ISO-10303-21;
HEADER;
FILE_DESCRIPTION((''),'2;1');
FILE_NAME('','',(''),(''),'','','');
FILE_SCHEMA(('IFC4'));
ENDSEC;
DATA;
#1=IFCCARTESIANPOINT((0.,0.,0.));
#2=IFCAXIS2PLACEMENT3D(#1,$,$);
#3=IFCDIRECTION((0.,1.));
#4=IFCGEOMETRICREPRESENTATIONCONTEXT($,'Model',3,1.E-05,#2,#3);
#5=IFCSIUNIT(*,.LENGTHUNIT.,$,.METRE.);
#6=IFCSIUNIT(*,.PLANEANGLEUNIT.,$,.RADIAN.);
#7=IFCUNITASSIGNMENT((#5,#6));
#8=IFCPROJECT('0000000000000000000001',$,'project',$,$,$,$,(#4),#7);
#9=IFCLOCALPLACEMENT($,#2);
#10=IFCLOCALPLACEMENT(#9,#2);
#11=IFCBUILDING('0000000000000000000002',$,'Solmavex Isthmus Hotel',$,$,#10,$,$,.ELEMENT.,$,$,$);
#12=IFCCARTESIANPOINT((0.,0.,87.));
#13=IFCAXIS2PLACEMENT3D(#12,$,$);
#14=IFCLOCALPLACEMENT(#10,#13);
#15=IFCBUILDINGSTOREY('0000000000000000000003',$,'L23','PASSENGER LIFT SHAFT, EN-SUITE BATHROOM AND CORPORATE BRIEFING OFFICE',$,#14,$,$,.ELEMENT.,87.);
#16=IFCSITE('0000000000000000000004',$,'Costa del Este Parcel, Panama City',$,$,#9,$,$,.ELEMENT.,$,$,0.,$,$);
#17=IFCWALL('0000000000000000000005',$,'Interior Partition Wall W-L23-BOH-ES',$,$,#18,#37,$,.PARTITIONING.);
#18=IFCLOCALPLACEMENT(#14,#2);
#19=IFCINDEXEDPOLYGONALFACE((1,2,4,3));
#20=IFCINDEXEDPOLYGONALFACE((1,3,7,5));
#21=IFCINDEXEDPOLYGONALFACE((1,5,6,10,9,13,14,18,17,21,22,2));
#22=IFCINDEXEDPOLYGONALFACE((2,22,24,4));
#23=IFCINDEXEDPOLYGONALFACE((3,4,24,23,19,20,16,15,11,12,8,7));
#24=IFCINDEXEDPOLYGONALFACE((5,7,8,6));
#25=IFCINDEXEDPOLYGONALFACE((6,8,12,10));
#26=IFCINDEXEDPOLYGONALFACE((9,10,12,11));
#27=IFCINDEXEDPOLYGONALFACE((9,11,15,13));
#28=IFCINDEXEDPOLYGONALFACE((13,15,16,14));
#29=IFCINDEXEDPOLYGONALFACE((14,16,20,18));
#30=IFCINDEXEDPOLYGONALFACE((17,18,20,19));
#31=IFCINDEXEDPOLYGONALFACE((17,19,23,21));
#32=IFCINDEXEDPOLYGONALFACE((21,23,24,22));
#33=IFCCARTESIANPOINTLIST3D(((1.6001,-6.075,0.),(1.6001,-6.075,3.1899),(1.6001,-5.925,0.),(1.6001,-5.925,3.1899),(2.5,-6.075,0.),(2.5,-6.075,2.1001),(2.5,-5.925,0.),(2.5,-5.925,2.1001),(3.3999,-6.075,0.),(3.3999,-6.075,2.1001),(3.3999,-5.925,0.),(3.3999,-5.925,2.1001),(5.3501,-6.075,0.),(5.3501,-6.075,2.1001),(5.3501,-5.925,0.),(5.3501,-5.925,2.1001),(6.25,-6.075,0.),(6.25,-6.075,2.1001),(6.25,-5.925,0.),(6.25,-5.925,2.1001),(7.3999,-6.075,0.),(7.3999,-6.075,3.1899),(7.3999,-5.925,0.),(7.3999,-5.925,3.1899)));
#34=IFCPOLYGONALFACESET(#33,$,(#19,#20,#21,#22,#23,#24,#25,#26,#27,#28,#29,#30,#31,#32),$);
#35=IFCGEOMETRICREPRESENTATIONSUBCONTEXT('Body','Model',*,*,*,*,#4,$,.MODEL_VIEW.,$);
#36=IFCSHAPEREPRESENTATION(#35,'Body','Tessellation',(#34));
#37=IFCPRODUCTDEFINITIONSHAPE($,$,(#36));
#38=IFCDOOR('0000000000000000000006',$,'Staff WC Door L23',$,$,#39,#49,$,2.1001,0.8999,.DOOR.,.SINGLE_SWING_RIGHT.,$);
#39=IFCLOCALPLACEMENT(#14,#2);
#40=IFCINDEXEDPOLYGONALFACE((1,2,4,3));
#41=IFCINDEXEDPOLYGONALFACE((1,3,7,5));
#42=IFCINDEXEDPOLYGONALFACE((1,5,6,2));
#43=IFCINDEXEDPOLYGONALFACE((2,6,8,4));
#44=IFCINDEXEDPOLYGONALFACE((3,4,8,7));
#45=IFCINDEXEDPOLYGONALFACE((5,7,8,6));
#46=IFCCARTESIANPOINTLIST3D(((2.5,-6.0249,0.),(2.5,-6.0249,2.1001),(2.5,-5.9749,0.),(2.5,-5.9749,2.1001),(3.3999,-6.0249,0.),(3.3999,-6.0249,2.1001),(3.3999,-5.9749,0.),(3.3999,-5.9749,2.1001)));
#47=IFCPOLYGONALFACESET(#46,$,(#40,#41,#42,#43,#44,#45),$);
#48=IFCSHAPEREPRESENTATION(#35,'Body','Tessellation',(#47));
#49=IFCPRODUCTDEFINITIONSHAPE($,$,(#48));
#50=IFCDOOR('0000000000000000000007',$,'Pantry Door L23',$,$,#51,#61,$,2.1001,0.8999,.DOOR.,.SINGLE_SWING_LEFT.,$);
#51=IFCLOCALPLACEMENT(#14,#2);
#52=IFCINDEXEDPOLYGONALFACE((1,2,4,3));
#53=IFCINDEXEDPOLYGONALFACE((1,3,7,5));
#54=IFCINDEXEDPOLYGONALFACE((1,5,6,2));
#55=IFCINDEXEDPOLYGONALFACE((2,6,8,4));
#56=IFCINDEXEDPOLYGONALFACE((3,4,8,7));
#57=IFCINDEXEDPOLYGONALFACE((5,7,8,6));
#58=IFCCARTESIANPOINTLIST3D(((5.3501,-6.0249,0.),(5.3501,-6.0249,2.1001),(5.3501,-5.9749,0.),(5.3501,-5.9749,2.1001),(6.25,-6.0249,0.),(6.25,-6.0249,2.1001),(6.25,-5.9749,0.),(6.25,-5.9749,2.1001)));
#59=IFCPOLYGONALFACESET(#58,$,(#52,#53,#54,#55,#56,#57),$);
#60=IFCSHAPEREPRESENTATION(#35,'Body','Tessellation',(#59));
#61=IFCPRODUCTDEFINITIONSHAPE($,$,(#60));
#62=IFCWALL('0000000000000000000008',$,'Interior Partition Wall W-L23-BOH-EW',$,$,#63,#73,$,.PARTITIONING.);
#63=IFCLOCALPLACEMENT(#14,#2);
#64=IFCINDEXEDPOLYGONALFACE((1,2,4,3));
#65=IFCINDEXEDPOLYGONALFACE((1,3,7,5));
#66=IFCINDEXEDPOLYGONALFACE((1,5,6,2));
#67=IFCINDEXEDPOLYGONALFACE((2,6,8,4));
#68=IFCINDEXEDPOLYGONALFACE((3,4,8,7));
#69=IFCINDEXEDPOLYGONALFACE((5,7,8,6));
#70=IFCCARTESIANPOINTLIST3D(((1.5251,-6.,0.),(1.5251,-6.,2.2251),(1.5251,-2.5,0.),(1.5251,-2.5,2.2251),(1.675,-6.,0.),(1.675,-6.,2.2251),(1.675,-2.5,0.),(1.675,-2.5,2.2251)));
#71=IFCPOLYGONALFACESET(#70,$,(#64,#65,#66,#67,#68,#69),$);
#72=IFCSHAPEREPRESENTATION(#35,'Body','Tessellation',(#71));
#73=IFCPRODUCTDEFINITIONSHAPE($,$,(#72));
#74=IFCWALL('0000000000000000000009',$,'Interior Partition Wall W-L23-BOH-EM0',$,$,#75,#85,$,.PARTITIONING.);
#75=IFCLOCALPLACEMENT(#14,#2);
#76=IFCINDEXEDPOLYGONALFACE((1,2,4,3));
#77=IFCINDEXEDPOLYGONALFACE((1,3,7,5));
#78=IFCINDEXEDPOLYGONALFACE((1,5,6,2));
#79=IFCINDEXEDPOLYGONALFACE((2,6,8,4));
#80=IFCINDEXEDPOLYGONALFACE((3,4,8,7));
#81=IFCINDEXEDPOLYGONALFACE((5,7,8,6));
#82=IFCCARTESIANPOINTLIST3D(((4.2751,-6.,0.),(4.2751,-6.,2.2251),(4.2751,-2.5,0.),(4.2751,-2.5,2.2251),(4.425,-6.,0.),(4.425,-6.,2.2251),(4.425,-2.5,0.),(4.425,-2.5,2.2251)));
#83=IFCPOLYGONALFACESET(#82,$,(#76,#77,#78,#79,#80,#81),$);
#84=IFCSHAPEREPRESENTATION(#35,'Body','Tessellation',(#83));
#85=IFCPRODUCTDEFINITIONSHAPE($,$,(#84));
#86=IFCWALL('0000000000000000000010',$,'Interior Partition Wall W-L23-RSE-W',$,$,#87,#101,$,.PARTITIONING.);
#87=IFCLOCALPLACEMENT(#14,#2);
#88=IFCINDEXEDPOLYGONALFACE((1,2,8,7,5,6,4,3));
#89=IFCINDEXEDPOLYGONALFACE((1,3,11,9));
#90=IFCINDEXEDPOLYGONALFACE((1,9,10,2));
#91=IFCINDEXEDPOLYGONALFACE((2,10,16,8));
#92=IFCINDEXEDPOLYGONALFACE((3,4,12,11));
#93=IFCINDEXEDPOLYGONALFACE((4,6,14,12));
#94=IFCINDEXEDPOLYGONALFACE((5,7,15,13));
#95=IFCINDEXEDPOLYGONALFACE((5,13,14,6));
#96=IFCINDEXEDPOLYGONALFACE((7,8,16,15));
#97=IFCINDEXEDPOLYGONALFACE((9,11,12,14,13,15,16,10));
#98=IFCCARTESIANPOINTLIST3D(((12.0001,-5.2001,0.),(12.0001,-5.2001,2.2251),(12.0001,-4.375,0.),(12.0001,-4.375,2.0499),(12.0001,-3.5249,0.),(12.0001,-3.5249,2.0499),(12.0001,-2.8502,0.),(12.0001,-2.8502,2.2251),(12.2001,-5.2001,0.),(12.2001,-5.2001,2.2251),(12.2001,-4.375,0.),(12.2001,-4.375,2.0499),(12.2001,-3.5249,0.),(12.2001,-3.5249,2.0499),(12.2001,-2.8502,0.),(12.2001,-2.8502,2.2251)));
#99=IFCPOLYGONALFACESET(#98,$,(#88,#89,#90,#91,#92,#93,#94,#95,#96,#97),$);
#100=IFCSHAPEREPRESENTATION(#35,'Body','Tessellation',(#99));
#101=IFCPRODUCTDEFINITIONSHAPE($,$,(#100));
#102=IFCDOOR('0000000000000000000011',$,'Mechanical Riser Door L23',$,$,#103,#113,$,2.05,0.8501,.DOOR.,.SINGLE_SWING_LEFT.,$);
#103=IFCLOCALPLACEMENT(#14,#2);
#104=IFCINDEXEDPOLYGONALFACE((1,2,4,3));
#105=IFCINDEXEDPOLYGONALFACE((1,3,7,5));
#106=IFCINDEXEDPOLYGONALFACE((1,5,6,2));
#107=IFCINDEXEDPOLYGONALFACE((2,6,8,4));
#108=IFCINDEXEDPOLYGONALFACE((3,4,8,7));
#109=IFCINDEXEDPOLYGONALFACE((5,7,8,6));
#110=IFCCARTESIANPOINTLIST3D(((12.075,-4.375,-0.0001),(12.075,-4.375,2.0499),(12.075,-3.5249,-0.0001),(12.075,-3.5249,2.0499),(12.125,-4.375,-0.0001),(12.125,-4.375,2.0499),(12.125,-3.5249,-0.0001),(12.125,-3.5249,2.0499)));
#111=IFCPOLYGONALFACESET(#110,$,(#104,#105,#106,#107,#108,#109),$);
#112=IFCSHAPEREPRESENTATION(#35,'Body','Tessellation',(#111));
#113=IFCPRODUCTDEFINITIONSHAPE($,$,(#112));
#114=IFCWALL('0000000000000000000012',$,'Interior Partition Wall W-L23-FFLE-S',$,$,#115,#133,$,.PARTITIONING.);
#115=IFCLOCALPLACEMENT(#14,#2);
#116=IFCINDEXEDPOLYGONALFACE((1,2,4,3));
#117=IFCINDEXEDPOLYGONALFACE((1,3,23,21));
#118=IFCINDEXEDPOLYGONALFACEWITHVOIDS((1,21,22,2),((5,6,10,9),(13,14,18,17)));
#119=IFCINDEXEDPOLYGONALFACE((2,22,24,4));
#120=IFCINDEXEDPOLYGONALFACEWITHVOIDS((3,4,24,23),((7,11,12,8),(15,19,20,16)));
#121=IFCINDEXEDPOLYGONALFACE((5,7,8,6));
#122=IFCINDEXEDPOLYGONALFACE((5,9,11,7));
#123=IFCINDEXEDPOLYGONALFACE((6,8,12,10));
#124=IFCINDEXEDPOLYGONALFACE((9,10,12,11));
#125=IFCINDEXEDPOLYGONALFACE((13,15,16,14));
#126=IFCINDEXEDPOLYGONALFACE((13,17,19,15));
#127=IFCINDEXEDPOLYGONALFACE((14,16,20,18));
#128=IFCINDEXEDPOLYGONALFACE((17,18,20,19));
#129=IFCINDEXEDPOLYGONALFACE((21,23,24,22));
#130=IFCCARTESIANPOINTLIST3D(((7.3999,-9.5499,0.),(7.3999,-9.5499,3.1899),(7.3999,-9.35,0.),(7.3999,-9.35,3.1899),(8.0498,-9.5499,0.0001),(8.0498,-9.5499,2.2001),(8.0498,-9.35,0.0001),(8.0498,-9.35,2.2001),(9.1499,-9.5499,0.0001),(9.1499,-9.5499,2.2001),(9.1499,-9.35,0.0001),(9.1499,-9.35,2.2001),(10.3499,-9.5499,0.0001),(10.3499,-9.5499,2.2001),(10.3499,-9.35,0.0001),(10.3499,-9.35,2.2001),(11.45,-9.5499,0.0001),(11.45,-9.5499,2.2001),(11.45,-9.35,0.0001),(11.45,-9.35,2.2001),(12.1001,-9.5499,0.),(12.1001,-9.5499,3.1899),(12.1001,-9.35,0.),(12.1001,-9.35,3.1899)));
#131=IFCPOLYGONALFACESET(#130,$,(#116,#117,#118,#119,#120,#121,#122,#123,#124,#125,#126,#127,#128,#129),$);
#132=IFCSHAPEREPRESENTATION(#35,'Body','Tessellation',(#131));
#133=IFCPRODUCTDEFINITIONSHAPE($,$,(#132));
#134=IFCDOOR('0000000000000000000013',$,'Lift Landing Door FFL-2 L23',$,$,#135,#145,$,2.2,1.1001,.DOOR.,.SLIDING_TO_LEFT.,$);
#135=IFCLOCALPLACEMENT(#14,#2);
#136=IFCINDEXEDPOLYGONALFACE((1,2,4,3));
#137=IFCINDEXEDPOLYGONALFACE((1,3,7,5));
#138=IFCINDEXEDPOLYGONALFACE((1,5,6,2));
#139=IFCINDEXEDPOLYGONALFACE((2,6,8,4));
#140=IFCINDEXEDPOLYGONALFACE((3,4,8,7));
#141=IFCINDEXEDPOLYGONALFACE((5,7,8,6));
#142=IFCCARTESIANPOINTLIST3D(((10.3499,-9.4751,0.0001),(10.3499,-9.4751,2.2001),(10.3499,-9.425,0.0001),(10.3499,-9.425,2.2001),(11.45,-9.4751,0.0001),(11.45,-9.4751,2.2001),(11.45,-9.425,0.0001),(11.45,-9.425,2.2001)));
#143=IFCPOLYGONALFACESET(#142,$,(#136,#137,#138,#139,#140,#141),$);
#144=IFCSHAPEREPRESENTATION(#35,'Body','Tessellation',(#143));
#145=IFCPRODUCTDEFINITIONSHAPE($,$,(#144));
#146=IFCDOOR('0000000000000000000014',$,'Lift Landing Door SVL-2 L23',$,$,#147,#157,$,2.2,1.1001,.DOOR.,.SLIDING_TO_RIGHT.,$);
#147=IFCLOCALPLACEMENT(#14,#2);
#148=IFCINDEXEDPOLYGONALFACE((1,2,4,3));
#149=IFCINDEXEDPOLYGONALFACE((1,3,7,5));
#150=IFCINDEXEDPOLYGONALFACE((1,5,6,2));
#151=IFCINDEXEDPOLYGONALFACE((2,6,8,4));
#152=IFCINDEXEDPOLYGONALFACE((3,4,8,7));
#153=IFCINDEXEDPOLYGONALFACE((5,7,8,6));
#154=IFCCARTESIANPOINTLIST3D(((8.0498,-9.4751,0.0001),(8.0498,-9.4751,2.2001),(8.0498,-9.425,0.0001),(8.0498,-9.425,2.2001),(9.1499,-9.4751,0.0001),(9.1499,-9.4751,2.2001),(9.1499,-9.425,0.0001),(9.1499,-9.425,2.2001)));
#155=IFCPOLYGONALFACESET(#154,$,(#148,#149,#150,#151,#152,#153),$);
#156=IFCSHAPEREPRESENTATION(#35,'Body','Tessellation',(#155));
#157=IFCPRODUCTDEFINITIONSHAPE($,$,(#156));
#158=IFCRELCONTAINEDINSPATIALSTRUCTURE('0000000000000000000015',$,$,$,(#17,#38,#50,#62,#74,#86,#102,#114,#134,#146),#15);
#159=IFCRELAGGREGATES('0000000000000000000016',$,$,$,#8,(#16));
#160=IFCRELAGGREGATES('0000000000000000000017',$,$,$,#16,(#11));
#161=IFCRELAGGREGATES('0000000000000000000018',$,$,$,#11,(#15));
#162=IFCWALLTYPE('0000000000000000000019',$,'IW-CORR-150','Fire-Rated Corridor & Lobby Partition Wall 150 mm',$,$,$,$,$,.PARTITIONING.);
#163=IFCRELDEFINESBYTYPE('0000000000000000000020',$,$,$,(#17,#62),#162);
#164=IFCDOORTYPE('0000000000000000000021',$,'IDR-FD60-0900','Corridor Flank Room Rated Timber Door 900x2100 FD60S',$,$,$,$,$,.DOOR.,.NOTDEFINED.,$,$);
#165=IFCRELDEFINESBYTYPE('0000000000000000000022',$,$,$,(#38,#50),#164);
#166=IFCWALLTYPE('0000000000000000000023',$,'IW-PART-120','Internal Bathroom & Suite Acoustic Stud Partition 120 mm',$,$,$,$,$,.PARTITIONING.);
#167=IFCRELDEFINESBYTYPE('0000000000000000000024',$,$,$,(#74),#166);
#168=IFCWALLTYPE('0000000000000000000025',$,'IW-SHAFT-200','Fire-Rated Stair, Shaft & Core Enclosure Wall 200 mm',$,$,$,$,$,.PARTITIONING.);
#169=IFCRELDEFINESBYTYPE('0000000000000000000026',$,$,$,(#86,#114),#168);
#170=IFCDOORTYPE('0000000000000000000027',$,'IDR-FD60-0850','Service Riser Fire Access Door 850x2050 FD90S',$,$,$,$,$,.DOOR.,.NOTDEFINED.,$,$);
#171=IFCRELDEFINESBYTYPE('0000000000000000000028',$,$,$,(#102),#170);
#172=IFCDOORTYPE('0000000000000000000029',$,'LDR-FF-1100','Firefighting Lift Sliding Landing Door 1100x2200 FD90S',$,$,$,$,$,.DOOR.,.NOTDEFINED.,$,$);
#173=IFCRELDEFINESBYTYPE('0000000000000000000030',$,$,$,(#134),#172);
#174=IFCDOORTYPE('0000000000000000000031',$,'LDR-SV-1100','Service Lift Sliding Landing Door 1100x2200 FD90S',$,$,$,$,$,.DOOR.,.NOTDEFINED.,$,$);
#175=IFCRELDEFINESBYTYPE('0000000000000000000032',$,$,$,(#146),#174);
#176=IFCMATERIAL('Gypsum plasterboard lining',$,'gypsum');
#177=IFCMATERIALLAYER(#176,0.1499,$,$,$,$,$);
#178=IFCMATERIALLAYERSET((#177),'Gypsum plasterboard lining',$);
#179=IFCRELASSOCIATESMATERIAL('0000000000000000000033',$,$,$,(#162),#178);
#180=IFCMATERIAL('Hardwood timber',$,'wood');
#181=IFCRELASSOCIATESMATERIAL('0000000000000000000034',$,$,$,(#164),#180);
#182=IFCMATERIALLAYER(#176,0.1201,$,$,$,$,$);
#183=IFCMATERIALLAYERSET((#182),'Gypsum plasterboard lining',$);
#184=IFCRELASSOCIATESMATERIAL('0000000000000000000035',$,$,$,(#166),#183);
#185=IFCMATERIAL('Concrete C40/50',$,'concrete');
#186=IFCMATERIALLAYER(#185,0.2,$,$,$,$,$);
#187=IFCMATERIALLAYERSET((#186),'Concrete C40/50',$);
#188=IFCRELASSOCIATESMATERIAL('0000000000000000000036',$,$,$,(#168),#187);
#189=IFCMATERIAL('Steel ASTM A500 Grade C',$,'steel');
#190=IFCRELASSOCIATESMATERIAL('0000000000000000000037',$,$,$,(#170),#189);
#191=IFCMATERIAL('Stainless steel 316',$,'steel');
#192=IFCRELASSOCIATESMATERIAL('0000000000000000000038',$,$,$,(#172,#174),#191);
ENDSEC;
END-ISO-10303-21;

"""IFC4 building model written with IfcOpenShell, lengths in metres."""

from ifc_helpers import new_model, si_unit, direction, frame, frame_2d, origin, place, context, subcontext, project, spatial, rectangle, extrude, material, layer, layer_set, type_object, element, fill, save


model = new_model("IFC4")

# Units and contexts
model_context = context("Model", 3, precision=1e-05, world=origin(), true_north=direction((0.0, 1.0)))
body_context = subcontext(model_context, "Body", "Model", "MODEL_VIEW")
ifc_project = project(units=[si_unit("LENGTHUNIT", "METRE"), si_unit("PLANEANGLEUNIT", "RADIAN")], contexts=[model_context])

# Site, building, storey
site_placement = place(None, origin())
site = spatial("IfcSite", under=ifc_project, at=site_placement, Name="Costa del Este Parcel, Panama City", CompositionType="ELEMENT", RefElevation=0.0)
building_placement = place(site_placement, origin())
building = spatial("IfcBuilding", under=site, at=building_placement, Name="Solmavex Isthmus Hotel", CompositionType="ELEMENT")
storey_placement = place(building_placement, frame((0.0, 0.0, 87.0)))
storey = spatial("IfcBuildingStorey", under=building, at=storey_placement, Name="L23", Description="PASSENGER LIFT SHAFT, EN-SUITE BATHROOM AND CORPORATE BRIEFING OFFICE", CompositionType="ELEMENT", Elevation=87.0)

# Wall, openings, doors
ifc_material_1 = material(Name="Gypsum plasterboard lining", Category="gypsum")
ifc_layer_1 = layer(ifc_material_1, 0.1499)
ifc_layer_set_1 = layer_set([ifc_layer_1], Name="Gypsum plasterboard lining")
wall_type_1 = type_object("IfcWallType", Name="IW-CORR-150", Description="Fire-Rated Corridor & Lobby Partition Wall 150 mm", PredefinedType="PARTITIONING", material=ifc_layer_set_1)
wall_1_placement = place(storey_placement, frame((1.6001, -6.0, 0.0), z_axis=(0.0, 0.0, 1.0), x_axis=(1.0, 0.0, 0.0)))
wall_1 = element("IfcWall", 1, at=wall_1_placement, inside=storey, type_object=wall_type_1, Name="Interior Partition Wall W-L23-BOH-ES", PredefinedType="PARTITIONING", context=body_context, shape_type="SweptSolid", body=[
    extrude(rectangle(XDim=5.7998, YDim=0.1499, at=frame_2d((2.8999, 0.0))), origin(), (0.0, 0.0, 1.0), 3.1899),
])
opening_1_placement = place(wall_1_placement, frame((0.8999, 0.0, 0.0)))
opening_1 = element("IfcOpeningElement", 2, at=opening_1_placement, cuts=wall_1, PredefinedType="OPENING", context=body_context, shape_type="SweptSolid", body=[
    extrude(rectangle(XDim=0.8999, YDim=2.1001, at=frame_2d((0.45, 1.05))), frame((0.0, 0.085, 0.0), z_axis=(0.0, -1.0, 0.0), x_axis=(1.0, 0.0, 0.0)), (0.0, 0.0, 1.0), 0.1699),
])
opening_2_placement = place(wall_1_placement, frame((3.75, 0.0, 0.0)))
opening_2 = element("IfcOpeningElement", 3, at=opening_2_placement, cuts=wall_1, PredefinedType="OPENING", context=body_context, shape_type="SweptSolid", body=[
    extrude(rectangle(XDim=0.8999, YDim=2.1001, at=frame_2d((0.45, 1.05))), frame((0.0, 0.085, 0.0), z_axis=(0.0, -1.0, 0.0), x_axis=(1.0, 0.0, 0.0)), (0.0, 0.0, 1.0), 0.1699),
])
ifc_material_2 = material(Name="Hardwood timber", Category="wood")
door_type_1 = type_object("IfcDoorType", Name="IDR-FD60-0900", Description="Corridor Flank Room Rated Timber Door 900x2100 FD60S", OperationType="NOTDEFINED", PredefinedType="DOOR", material=ifc_material_2)
door_1_placement = place(opening_1_placement, frame((0.8999, 0.0, 0.0), z_axis=(0.0, 0.0, 1.0), x_axis=(-1.0, 0.0, 0.0)))
door_1 = element("IfcDoor", 4, at=door_1_placement, inside=storey, type_object=door_type_1, Name="Staff WC Door L23", OperationType="SINGLE_SWING_RIGHT", OverallHeight=2.1001, OverallWidth=0.8999, PredefinedType="DOOR", context=body_context, shape_type="SweptSolid", body=[
    extrude(rectangle(XDim=0.8999, YDim=2.1001, at=frame_2d((0.45, 1.05))), frame((0.0, 0.0249, 0.0), z_axis=(0.0, -1.0, 0.0), x_axis=(1.0, 0.0, 0.0)), (0.0, 0.0, 1.0), 0.05),
])
fill(opening_1, door_1)
door_2_placement = place(opening_2_placement, frame((0.8999, 0.0, 0.0), z_axis=(0.0, 0.0, 1.0), x_axis=(-1.0, 0.0, 0.0)))
door_2 = element("IfcDoor", 5, at=door_2_placement, inside=storey, type_object=door_type_1, Name="Pantry Door L23", OperationType="SINGLE_SWING_LEFT", OverallHeight=2.1001, OverallWidth=0.8999, PredefinedType="DOOR", context=body_context, shape_type="SweptSolid", body=[
    extrude(rectangle(XDim=0.8999, YDim=2.1001, at=frame_2d((0.45, 1.05))), frame((0.0, 0.0249, 0.0), z_axis=(0.0, -1.0, 0.0), x_axis=(1.0, 0.0, 0.0)), (0.0, 0.0, 1.0), 0.05),
])
fill(opening_2, door_2)

# Walls
wall_2_placement = place(storey_placement, frame((1.6001, -6.0, 0.0), z_axis=(0.0, 0.0, 1.0), x_axis=(0.0, 1.0, 0.0)))
element("IfcWall", 6, at=wall_2_placement, inside=storey, type_object=wall_type_1, Name="Interior Partition Wall W-L23-BOH-EW", PredefinedType="PARTITIONING", context=body_context, shape_type="SweptSolid", body=[
    extrude(rectangle(XDim=3.5, YDim=0.1499, at=frame_2d((1.75, 0.0))), origin(), (0.0, 0.0, 1.0), 2.2251),
])
ifc_layer_2 = layer(ifc_material_1, 0.1201)
ifc_layer_set_2 = layer_set([ifc_layer_2], Name="Gypsum plasterboard lining")
wall_type_2 = type_object("IfcWallType", Name="IW-PART-120", Description="Internal Bathroom & Suite Acoustic Stud Partition 120 mm", PredefinedType="PARTITIONING", material=ifc_layer_set_2)
wall_3_placement = place(storey_placement, frame((4.3501, -6.0, 0.0), z_axis=(0.0, 0.0, 1.0), x_axis=(0.0, 1.0, 0.0)))
element("IfcWall", 7, at=wall_3_placement, inside=storey, type_object=wall_type_2, Name="Interior Partition Wall W-L23-BOH-EM0", PredefinedType="PARTITIONING", context=body_context, shape_type="SweptSolid", body=[
    extrude(rectangle(XDim=3.5, YDim=0.1499, at=frame_2d((1.75, 0.0))), origin(), (0.0, 0.0, 1.0), 2.2251),
])

# Wall, opening, door
ifc_material_3 = material(Name="Concrete C40/50", Category="concrete")
ifc_layer_3 = layer(ifc_material_3, 0.2)
ifc_layer_set_3 = layer_set([ifc_layer_3], Name="Concrete C40/50")
wall_type_3 = type_object("IfcWallType", Name="IW-SHAFT-200", Description="Fire-Rated Stair, Shaft & Core Enclosure Wall 200 mm", PredefinedType="PARTITIONING", material=ifc_layer_set_3)
wall_4_placement = place(storey_placement, frame((12.1001, -5.2, 0.0), z_axis=(0.0, 0.0, 1.0), x_axis=(0.0, 1.0, 0.0)))
wall_4 = element("IfcWall", 8, at=wall_4_placement, inside=storey, type_object=wall_type_3, Name="Interior Partition Wall W-L23-RSE-W", PredefinedType="PARTITIONING", context=body_context, shape_type="SweptSolid", body=[
    extrude(rectangle(XDim=2.3499, YDim=0.2, at=frame_2d((1.1748, 0.0))), origin(), (0.0, 0.0, 1.0), 2.2251),
])
opening_3_placement = place(wall_4_placement, frame((0.825, 0.0, 0.0)))
opening_3 = element("IfcOpeningElement", 9, at=opening_3_placement, cuts=wall_4, PredefinedType="OPENING", context=body_context, shape_type="SweptSolid", body=[
    extrude(rectangle(XDim=0.8501, YDim=2.05, at=frame_2d((0.425, 1.0249))), frame((0.0, 0.1099, 0.0), z_axis=(0.0, -1.0, 0.0), x_axis=(1.0, 0.0, 0.0)), (0.0, 0.0, 1.0), 0.22),
])
ifc_material_4 = material(Name="Steel ASTM A500 Grade C", Category="steel")
door_type_2 = type_object("IfcDoorType", Name="IDR-FD60-0850", Description="Service Riser Fire Access Door 850x2050 FD90S", OperationType="NOTDEFINED", PredefinedType="DOOR", material=ifc_material_4)
door_3_placement = place(opening_3_placement, frame((0.8501, 0.0, 0.0), z_axis=(0.0, 0.0, 1.0), x_axis=(-1.0, 0.0, 0.0)))
door_3 = element("IfcDoor", 10, at=door_3_placement, inside=storey, type_object=door_type_2, Name="Mechanical Riser Door L23", OperationType="SINGLE_SWING_LEFT", OverallHeight=2.05, OverallWidth=0.8501, PredefinedType="DOOR", context=body_context, shape_type="SweptSolid", body=[
    extrude(rectangle(XDim=0.8501, YDim=2.05, at=frame_2d((0.425, 1.0249))), frame((0.0, 0.0249, 0.0), z_axis=(0.0, -1.0, 0.0), x_axis=(1.0, 0.0, 0.0)), (0.0, 0.0, 1.0), 0.05),
])
fill(opening_3, door_3)

# Wall, openings, doors
wall_5_placement = place(storey_placement, frame((7.3999, -9.45, 0.0), z_axis=(0.0, 0.0, 1.0), x_axis=(1.0, 0.0, 0.0)))
wall_5 = element("IfcWall", 11, at=wall_5_placement, inside=storey, type_object=wall_type_3, Name="Interior Partition Wall W-L23-FFLE-S", PredefinedType="PARTITIONING", context=body_context, shape_type="SweptSolid", body=[
    extrude(rectangle(XDim=4.7002, YDim=0.2, at=frame_2d((2.3501, 0.0))), origin(), (0.0, 0.0, 1.0), 3.1899),
])
opening_4_placement = place(wall_5_placement, frame((2.95, 0.0, 0.0)))
opening_4 = element("IfcOpeningElement", 12, at=opening_4_placement, cuts=wall_5, PredefinedType="OPENING", context=body_context, shape_type="SweptSolid", body=[
    extrude(rectangle(XDim=1.1001, YDim=2.2, at=frame_2d((0.55, 1.1001))), frame((0.0, 0.1099, 0.0), z_axis=(0.0, -1.0, 0.0), x_axis=(1.0, 0.0, 0.0)), (0.0, 0.0, 1.0), 0.22),
])
opening_5_placement = place(wall_5_placement, frame((0.6499, 0.0, 0.0)))
opening_5 = element("IfcOpeningElement", 13, at=opening_5_placement, cuts=wall_5, PredefinedType="OPENING", context=body_context, shape_type="SweptSolid", body=[
    extrude(rectangle(XDim=1.1001, YDim=2.2, at=frame_2d((0.55, 1.1001))), frame((0.0, 0.1099, 0.0), z_axis=(0.0, -1.0, 0.0), x_axis=(1.0, 0.0, 0.0)), (0.0, 0.0, 1.0), 0.22),
])
ifc_material_5 = material(Name="Stainless steel 316", Category="steel")
door_type_3 = type_object("IfcDoorType", Name="LDR-FF-1100", Description="Firefighting Lift Sliding Landing Door 1100x2200 FD90S", OperationType="NOTDEFINED", PredefinedType="DOOR", material=ifc_material_5)
door_4_placement = place(opening_4_placement, origin())
door_4 = element("IfcDoor", 14, at=door_4_placement, inside=storey, type_object=door_type_3, Name="Lift Landing Door FFL-2 L23", OperationType="SLIDING_TO_LEFT", OverallHeight=2.2, OverallWidth=1.1001, PredefinedType="DOOR", context=body_context, shape_type="SweptSolid", body=[
    extrude(rectangle(XDim=1.1001, YDim=2.2, at=frame_2d((0.55, 1.1001))), frame((0.0, 0.0249, 0.0), z_axis=(0.0, -1.0, 0.0), x_axis=(1.0, 0.0, 0.0)), (0.0, 0.0, 1.0), 0.05),
])
fill(opening_4, door_4)
door_type_4 = type_object("IfcDoorType", Name="LDR-SV-1100", Description="Service Lift Sliding Landing Door 1100x2200 FD90S", OperationType="NOTDEFINED", PredefinedType="DOOR", material=ifc_material_5)
door_5_placement = place(opening_5_placement, origin())
door_5 = element("IfcDoor", 15, at=door_5_placement, inside=storey, type_object=door_type_4, Name="Lift Landing Door SVL-2 L23", OperationType="SLIDING_TO_RIGHT", OverallHeight=2.2, OverallWidth=1.1001, PredefinedType="DOOR", context=body_context, shape_type="SweptSolid", body=[
    extrude(rectangle(XDim=1.1001, YDim=2.2, at=frame_2d((0.55, 1.1001))), frame((0.0, 0.0249, 0.0), z_axis=(0.0, -1.0, 0.0), x_axis=(1.0, 0.0, 0.0)), (0.0, 0.0, 1.0), 0.05),
])
fill(opening_5, door_5)

save(model, "model.ifc")
